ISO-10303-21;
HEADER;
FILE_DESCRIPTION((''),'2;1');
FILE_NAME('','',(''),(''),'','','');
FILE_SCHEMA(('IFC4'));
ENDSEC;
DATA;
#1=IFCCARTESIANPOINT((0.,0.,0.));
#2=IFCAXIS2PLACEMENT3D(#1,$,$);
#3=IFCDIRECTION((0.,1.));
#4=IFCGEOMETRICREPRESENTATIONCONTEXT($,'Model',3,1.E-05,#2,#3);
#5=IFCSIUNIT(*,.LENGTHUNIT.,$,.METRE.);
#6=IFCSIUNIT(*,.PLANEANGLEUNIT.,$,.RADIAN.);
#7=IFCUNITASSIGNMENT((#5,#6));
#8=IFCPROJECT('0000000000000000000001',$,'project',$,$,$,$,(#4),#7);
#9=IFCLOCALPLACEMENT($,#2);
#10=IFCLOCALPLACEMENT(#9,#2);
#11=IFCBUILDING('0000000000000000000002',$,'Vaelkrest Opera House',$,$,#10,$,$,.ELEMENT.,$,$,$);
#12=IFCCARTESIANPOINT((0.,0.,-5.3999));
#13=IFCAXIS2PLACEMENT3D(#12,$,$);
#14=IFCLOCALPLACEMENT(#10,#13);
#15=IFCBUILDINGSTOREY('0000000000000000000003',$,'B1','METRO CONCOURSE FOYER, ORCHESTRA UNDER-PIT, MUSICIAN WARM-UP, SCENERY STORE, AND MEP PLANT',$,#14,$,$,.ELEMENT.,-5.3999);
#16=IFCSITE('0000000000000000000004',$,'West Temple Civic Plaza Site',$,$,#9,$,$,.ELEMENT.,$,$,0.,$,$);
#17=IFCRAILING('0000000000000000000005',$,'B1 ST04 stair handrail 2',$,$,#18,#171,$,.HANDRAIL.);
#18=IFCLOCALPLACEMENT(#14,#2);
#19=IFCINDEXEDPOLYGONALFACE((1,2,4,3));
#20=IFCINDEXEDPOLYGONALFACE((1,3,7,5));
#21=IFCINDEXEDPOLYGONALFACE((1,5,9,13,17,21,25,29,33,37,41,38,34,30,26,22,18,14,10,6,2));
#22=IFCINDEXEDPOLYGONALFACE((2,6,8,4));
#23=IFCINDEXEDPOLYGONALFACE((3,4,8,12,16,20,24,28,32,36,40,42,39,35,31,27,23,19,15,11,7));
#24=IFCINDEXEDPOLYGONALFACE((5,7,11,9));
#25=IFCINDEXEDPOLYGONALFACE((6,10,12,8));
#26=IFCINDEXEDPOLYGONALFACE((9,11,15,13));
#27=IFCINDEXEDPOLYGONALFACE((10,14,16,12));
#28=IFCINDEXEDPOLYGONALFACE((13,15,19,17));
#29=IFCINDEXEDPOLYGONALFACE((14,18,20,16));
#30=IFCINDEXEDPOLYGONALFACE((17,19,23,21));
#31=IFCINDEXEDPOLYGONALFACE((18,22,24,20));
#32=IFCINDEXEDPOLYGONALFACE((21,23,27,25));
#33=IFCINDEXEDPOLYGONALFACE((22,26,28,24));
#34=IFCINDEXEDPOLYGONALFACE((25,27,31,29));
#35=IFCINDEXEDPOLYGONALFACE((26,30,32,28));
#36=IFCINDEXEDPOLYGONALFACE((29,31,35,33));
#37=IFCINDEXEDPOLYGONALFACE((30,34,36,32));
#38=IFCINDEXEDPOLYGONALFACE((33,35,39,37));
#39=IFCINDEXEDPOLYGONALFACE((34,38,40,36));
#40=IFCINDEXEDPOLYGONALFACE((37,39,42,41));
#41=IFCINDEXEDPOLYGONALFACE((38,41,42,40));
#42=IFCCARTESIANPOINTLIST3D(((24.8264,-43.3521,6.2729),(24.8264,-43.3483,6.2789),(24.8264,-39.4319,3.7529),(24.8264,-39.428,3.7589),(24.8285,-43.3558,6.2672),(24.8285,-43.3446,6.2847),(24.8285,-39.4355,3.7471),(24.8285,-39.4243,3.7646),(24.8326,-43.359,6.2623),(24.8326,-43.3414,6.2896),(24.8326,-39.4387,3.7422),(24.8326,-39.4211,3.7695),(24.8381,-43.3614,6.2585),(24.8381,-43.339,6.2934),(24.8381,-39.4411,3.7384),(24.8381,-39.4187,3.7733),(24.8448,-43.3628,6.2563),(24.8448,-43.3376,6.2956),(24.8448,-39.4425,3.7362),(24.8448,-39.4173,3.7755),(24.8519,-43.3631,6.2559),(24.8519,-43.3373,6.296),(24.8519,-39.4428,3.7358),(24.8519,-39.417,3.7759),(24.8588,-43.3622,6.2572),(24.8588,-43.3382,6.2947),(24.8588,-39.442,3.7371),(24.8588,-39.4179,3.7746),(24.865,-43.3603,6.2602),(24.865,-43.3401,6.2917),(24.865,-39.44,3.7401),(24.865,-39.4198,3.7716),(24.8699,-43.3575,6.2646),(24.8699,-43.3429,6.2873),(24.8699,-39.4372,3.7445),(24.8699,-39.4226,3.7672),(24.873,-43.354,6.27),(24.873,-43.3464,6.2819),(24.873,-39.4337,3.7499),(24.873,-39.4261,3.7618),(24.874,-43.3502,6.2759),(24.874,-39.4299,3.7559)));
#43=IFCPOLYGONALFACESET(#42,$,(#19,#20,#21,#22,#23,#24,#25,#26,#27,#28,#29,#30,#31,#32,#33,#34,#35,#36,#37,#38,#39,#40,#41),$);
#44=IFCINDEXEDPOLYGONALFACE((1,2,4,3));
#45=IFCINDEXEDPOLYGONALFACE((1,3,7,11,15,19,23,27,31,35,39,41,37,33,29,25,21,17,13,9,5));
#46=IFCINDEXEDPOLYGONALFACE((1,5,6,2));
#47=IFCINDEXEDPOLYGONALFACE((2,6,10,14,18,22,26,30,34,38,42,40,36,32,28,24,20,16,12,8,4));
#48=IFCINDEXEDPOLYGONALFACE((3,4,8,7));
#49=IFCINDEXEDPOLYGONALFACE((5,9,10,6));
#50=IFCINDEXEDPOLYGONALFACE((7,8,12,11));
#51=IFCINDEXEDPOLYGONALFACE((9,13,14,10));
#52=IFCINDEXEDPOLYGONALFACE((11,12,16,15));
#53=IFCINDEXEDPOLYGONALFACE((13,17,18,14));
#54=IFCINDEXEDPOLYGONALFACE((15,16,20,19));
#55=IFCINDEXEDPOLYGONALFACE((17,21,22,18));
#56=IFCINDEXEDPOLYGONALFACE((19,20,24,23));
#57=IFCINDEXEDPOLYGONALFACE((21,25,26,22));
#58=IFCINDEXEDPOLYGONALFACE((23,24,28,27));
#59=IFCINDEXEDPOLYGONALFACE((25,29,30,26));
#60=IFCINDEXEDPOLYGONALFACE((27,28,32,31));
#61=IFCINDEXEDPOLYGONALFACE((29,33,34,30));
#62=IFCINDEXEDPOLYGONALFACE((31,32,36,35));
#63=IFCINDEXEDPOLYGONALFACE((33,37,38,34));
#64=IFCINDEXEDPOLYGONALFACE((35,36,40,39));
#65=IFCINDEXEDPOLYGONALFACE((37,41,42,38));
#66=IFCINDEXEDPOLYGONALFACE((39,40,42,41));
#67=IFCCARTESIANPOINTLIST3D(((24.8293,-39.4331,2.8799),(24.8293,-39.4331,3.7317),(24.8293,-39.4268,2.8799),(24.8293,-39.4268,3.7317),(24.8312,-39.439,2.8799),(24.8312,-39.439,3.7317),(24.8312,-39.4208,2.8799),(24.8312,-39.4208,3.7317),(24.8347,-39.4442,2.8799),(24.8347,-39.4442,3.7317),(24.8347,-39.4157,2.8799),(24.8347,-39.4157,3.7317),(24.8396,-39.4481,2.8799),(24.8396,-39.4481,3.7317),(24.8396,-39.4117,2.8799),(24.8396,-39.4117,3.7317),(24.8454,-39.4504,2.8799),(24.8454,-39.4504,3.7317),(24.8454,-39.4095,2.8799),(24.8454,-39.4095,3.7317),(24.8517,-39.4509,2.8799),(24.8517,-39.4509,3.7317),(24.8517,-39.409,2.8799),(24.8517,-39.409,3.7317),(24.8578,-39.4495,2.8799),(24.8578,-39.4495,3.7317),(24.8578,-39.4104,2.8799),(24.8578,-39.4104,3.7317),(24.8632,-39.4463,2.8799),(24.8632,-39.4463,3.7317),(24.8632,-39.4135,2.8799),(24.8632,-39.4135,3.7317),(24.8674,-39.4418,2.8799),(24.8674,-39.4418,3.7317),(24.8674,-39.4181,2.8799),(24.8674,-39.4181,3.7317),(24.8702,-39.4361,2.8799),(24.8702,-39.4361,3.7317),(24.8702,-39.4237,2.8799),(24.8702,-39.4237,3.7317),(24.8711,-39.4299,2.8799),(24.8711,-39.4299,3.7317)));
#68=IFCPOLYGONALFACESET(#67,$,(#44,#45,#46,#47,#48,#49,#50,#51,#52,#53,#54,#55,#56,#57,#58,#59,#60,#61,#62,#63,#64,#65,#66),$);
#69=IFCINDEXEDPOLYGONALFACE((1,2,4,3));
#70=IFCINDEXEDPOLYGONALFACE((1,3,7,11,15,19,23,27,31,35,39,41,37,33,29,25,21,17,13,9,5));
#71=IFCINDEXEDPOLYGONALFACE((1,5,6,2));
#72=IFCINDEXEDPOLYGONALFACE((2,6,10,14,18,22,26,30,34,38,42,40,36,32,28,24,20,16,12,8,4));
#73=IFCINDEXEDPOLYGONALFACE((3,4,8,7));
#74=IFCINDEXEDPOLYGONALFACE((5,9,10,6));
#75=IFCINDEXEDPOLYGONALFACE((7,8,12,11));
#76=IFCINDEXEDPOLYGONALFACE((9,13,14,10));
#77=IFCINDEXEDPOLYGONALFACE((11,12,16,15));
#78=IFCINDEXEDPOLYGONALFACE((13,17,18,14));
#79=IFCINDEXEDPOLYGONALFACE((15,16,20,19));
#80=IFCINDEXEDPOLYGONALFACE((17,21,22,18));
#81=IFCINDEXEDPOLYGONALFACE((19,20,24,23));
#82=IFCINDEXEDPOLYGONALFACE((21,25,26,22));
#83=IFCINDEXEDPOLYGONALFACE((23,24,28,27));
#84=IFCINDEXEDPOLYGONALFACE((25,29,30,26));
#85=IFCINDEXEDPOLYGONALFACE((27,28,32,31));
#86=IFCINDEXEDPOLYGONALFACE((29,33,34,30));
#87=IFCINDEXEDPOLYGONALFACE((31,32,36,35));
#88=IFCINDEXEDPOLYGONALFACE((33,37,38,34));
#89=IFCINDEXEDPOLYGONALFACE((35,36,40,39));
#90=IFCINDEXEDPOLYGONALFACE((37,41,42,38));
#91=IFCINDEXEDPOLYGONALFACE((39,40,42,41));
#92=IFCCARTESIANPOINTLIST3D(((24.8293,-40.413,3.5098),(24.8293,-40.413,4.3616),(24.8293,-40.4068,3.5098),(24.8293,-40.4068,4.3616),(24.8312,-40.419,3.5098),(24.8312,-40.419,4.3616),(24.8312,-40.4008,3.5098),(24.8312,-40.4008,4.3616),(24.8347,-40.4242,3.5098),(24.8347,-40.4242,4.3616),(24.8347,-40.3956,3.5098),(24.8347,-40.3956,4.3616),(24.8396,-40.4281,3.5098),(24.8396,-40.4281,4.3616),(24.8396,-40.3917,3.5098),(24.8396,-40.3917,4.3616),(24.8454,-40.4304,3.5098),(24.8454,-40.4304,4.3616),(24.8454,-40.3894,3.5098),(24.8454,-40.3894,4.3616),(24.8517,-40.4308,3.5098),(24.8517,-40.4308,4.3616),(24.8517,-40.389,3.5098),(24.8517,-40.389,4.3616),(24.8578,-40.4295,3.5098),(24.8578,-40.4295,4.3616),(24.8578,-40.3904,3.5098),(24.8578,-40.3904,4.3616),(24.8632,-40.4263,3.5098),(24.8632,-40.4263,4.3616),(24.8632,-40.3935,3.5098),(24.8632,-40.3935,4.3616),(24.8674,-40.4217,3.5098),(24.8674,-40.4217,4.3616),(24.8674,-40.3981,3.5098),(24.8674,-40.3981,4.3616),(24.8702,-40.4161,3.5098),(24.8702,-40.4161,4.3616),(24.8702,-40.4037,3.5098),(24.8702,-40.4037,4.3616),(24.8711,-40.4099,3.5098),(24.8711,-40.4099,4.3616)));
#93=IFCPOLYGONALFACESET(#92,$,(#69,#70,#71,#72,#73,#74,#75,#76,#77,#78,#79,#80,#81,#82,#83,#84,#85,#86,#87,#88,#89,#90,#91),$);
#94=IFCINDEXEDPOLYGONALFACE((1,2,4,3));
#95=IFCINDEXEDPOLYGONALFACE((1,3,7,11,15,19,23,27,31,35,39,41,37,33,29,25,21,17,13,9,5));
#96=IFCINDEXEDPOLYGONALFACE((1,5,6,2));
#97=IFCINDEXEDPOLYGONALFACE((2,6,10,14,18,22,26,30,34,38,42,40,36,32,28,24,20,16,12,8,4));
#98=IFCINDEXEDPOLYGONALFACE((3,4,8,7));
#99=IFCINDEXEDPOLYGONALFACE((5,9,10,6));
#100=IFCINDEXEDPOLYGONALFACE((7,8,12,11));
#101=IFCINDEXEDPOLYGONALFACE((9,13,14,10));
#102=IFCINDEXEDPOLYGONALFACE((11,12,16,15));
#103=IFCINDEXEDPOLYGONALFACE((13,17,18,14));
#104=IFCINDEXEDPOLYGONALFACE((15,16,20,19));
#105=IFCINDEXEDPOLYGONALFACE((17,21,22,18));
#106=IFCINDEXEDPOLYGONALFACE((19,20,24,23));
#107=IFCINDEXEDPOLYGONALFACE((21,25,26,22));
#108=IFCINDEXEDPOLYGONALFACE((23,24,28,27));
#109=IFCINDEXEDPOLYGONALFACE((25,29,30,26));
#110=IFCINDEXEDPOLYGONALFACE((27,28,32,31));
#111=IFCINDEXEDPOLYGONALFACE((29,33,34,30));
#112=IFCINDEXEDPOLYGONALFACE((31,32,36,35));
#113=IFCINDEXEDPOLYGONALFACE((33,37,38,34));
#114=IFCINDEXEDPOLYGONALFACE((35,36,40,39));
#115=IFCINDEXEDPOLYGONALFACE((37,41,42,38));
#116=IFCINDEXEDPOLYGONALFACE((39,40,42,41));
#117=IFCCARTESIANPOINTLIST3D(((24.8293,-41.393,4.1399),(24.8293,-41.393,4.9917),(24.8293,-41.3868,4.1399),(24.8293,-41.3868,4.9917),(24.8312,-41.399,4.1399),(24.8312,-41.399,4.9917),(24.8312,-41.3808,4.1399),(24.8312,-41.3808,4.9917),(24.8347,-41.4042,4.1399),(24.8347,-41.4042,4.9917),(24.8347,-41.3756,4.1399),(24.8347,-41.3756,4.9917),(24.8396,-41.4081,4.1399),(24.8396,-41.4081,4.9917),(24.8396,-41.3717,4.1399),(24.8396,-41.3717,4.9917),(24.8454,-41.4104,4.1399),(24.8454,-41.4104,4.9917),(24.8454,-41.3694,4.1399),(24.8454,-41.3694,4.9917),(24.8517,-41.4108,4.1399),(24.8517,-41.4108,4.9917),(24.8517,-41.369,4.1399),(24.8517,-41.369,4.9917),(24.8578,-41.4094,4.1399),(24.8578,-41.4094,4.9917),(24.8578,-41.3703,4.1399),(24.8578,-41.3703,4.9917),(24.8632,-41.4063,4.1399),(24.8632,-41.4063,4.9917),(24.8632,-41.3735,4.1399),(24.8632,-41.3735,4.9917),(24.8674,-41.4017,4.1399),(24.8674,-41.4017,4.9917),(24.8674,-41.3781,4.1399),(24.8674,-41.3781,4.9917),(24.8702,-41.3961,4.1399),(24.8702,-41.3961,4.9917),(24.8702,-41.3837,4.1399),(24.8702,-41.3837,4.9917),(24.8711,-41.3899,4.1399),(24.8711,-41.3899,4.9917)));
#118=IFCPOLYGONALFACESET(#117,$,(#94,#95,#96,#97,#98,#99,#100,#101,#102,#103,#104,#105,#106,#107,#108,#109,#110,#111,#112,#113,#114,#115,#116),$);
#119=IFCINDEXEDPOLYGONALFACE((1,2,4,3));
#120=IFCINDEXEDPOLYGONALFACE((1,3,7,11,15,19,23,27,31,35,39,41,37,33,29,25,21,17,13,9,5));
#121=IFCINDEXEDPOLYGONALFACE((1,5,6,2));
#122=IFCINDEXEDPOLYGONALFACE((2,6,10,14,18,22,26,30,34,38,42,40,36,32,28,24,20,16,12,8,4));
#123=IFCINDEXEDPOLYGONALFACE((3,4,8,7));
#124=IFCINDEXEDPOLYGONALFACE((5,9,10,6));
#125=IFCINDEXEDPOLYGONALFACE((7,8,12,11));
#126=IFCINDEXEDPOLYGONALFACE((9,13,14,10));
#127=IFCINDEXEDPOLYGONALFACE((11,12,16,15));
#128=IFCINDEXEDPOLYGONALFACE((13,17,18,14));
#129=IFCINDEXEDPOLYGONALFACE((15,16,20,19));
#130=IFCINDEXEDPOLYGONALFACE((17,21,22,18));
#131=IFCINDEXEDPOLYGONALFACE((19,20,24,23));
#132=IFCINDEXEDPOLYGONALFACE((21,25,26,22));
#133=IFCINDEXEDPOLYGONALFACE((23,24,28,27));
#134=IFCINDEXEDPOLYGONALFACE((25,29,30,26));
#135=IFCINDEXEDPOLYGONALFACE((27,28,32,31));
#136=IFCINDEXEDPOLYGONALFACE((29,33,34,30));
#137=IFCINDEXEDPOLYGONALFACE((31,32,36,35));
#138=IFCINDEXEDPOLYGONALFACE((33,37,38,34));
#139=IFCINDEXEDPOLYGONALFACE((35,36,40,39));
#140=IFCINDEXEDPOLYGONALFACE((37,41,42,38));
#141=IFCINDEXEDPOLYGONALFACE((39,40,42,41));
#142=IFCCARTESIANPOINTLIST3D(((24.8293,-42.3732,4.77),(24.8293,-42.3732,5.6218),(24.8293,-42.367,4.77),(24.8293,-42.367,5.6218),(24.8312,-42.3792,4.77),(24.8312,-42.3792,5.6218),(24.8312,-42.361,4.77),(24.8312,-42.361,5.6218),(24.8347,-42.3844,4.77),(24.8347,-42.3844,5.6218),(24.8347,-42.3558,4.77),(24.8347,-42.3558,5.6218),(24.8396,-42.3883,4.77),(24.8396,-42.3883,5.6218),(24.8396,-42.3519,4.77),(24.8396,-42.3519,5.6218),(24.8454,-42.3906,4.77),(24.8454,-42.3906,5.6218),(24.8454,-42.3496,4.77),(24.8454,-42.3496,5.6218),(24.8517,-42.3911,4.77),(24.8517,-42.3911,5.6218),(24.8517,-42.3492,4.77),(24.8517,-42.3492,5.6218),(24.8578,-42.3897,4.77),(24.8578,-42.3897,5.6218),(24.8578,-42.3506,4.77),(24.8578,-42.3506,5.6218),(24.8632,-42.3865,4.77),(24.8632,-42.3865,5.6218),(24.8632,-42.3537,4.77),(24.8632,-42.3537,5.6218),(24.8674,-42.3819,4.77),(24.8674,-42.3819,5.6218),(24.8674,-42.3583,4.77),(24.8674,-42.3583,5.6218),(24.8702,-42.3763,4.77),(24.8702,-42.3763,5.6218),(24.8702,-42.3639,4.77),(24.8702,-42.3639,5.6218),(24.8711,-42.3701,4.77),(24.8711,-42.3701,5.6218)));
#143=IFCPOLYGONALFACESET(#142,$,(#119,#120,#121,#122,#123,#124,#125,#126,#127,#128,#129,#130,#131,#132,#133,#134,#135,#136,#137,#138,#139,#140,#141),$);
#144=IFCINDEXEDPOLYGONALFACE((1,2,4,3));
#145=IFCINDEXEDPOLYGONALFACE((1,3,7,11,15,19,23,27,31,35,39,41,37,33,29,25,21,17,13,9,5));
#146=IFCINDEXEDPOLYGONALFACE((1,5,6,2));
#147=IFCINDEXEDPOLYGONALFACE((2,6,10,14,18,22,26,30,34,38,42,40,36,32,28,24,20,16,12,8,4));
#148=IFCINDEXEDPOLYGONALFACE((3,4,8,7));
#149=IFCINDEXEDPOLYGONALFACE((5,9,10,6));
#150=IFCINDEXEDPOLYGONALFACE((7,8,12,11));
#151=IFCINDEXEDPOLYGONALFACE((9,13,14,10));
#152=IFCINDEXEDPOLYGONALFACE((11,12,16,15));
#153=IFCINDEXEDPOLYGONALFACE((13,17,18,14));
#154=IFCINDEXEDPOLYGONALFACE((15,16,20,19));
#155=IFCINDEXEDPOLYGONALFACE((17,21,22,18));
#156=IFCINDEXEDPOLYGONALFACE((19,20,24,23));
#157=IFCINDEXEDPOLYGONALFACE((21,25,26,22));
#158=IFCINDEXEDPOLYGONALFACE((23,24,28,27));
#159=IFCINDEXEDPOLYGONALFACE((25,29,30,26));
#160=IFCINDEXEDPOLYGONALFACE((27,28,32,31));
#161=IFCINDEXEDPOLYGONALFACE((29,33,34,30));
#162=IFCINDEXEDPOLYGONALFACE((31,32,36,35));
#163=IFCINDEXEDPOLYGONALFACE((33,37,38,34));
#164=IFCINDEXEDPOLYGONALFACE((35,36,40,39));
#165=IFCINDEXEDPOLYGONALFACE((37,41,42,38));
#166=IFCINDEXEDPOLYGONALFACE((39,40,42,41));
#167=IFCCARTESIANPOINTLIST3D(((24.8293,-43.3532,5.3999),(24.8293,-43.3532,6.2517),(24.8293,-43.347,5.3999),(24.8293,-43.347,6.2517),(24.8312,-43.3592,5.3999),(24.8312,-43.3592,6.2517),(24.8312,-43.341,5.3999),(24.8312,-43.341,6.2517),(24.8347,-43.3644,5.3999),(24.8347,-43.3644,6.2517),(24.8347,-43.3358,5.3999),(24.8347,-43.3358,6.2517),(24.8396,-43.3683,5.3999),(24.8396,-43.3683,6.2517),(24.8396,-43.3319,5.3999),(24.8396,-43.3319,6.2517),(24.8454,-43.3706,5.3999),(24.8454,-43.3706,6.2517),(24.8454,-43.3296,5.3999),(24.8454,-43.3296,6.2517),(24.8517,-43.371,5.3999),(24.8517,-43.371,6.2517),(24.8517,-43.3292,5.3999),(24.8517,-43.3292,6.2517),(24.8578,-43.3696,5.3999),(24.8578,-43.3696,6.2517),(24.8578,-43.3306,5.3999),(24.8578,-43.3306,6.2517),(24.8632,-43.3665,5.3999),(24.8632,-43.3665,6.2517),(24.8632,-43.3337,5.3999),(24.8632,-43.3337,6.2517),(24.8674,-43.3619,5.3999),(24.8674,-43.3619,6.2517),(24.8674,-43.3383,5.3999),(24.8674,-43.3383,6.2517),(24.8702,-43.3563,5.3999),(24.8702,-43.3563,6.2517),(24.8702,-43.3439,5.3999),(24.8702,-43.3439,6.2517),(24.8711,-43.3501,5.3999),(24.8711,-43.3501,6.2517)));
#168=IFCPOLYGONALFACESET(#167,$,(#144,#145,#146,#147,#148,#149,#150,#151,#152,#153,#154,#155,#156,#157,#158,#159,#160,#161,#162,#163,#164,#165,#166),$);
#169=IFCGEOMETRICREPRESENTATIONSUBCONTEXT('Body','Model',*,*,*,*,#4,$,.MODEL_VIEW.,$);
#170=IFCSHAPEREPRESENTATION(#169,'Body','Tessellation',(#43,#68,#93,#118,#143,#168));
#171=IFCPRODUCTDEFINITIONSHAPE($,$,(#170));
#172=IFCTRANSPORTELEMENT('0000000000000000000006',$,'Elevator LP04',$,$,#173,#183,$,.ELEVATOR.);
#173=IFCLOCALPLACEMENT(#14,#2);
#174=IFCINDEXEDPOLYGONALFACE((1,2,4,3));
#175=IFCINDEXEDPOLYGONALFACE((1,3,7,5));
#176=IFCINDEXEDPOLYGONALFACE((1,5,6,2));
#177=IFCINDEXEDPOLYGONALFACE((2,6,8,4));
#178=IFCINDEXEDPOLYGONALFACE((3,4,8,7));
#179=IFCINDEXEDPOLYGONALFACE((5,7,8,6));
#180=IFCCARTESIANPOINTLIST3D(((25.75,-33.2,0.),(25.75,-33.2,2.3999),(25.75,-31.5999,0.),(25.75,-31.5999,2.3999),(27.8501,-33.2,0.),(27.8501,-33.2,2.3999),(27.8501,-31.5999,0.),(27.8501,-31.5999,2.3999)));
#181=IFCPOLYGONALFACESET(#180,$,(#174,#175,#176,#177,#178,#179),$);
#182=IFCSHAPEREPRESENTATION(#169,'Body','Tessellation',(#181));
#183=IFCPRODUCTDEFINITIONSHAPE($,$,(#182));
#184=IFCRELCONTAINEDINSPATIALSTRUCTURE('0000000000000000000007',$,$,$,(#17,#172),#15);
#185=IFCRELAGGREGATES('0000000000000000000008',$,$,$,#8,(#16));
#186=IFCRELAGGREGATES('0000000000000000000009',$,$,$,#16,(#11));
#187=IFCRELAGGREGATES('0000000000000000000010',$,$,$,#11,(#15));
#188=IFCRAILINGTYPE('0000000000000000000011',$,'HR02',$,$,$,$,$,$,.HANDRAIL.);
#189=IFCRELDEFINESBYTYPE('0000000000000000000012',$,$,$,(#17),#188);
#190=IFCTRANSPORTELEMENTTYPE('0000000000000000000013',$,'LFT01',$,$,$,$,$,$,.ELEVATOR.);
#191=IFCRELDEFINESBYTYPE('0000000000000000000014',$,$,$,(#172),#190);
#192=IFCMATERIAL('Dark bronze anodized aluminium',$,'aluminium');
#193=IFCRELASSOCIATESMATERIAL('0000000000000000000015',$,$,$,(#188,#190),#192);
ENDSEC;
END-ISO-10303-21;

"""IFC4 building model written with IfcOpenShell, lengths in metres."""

from ifc_helpers import new_model, si_unit, direction, frame, origin, origin_2d, place, context, subcontext, project, spatial, rectangle, circle, extrude, material, type_object, element, save


model = new_model("IFC4")

# Units and contexts
model_context = context("Model", 3, precision=1e-05, world=origin(), true_north=direction((0.0, 1.0)))
body_context = subcontext(model_context, "Body", "Model", "MODEL_VIEW")
ifc_project = project(units=[si_unit("LENGTHUNIT", "METRE"), si_unit("PLANEANGLEUNIT", "RADIAN")], contexts=[model_context])

# Site, building, storey
site_placement = place(None, origin())
site = spatial("IfcSite", under=ifc_project, at=site_placement, Name="West Temple Civic Plaza Site", CompositionType="ELEMENT", RefElevation=0.0)
building_placement = place(site_placement, origin())
building = spatial("IfcBuilding", under=site, at=building_placement, Name="Vaelkrest Opera House", CompositionType="ELEMENT")
storey_placement = place(building_placement, frame((0.0, 0.0, -5.3999)))
storey = spatial("IfcBuildingStorey", under=building, at=storey_placement, Name="B1", Description="METRO CONCOURSE FOYER, ORCHESTRA UNDER-PIT, MUSICIAN WARM-UP, SCENERY STORE, AND MEP PLANT", CompositionType="ELEMENT", Elevation=-5.3999)

# Shared definitions
ifc_material_1 = material(Name="Dark bronze anodized aluminium", Category="aluminium")

# Railing
railing_type_1 = type_object("IfcRailingType", Name="HR02", PredefinedType="HANDRAIL", material=ifc_material_1)
railing_1_placement = place(storey_placement, frame((24.8501, -39.4299, 2.8799)))
element("IfcRailing", 1, at=railing_1_placement, inside=storey, type_object=railing_type_1, Name="B1 ST04 stair handrail 2", PredefinedType="HANDRAIL", context=body_context, shape_type="SweptSolid", body=[
    extrude(circle(Radius=0.0239, at=origin_2d()), frame((0.0, 0.0, 0.876), z_axis=(0.0, -0.841187, 0.540744), x_axis=(1.0, 0.0, 0.0)), (0.0, 0.0, 1.0), 4.6604),
    extrude(circle(Radius=0.021, at=origin_2d()), origin(), (0.0, 0.0, 1.0), 0.8518),
    extrude(circle(Radius=0.021, at=origin_2d()), frame((0.0, -0.98, 0.6299)), (0.0, 0.0, 1.0), 0.8518),
    extrude(circle(Radius=0.021, at=origin_2d()), frame((0.0, -1.96, 1.26)), (0.0, 0.0, 1.0), 0.8518),
    extrude(circle(Radius=0.021, at=origin_2d()), frame((0.0, -2.9402, 1.8901)), (0.0, 0.0, 1.0), 0.8518),
    extrude(circle(Radius=0.021, at=origin_2d()), frame((0.0, -3.9202, 2.52)), (0.0, 0.0, 1.0), 0.8518),
])

# Transport element
transport_element_type = type_object("IfcTransportElementType", Name="LFT01", PredefinedType="ELEVATOR", material=ifc_material_1)
transport_element_placement = place(storey_placement, frame((26.8, -32.3999, 0.0), z_axis=(0.0, 0.0, 1.0), x_axis=(1.0, 0.0, 0.0)))
element("IfcTransportElement", 2, at=transport_element_placement, inside=storey, type_object=transport_element_type, Name="Elevator LP04", PredefinedType="ELEVATOR", context=body_context, shape_type="SweptSolid", body=[
    extrude(rectangle(XDim=2.1001, YDim=1.6001, at=origin_2d()), origin(), (0.0, 0.0, 1.0), 2.3999),
])

save(model, "model.ifc")
